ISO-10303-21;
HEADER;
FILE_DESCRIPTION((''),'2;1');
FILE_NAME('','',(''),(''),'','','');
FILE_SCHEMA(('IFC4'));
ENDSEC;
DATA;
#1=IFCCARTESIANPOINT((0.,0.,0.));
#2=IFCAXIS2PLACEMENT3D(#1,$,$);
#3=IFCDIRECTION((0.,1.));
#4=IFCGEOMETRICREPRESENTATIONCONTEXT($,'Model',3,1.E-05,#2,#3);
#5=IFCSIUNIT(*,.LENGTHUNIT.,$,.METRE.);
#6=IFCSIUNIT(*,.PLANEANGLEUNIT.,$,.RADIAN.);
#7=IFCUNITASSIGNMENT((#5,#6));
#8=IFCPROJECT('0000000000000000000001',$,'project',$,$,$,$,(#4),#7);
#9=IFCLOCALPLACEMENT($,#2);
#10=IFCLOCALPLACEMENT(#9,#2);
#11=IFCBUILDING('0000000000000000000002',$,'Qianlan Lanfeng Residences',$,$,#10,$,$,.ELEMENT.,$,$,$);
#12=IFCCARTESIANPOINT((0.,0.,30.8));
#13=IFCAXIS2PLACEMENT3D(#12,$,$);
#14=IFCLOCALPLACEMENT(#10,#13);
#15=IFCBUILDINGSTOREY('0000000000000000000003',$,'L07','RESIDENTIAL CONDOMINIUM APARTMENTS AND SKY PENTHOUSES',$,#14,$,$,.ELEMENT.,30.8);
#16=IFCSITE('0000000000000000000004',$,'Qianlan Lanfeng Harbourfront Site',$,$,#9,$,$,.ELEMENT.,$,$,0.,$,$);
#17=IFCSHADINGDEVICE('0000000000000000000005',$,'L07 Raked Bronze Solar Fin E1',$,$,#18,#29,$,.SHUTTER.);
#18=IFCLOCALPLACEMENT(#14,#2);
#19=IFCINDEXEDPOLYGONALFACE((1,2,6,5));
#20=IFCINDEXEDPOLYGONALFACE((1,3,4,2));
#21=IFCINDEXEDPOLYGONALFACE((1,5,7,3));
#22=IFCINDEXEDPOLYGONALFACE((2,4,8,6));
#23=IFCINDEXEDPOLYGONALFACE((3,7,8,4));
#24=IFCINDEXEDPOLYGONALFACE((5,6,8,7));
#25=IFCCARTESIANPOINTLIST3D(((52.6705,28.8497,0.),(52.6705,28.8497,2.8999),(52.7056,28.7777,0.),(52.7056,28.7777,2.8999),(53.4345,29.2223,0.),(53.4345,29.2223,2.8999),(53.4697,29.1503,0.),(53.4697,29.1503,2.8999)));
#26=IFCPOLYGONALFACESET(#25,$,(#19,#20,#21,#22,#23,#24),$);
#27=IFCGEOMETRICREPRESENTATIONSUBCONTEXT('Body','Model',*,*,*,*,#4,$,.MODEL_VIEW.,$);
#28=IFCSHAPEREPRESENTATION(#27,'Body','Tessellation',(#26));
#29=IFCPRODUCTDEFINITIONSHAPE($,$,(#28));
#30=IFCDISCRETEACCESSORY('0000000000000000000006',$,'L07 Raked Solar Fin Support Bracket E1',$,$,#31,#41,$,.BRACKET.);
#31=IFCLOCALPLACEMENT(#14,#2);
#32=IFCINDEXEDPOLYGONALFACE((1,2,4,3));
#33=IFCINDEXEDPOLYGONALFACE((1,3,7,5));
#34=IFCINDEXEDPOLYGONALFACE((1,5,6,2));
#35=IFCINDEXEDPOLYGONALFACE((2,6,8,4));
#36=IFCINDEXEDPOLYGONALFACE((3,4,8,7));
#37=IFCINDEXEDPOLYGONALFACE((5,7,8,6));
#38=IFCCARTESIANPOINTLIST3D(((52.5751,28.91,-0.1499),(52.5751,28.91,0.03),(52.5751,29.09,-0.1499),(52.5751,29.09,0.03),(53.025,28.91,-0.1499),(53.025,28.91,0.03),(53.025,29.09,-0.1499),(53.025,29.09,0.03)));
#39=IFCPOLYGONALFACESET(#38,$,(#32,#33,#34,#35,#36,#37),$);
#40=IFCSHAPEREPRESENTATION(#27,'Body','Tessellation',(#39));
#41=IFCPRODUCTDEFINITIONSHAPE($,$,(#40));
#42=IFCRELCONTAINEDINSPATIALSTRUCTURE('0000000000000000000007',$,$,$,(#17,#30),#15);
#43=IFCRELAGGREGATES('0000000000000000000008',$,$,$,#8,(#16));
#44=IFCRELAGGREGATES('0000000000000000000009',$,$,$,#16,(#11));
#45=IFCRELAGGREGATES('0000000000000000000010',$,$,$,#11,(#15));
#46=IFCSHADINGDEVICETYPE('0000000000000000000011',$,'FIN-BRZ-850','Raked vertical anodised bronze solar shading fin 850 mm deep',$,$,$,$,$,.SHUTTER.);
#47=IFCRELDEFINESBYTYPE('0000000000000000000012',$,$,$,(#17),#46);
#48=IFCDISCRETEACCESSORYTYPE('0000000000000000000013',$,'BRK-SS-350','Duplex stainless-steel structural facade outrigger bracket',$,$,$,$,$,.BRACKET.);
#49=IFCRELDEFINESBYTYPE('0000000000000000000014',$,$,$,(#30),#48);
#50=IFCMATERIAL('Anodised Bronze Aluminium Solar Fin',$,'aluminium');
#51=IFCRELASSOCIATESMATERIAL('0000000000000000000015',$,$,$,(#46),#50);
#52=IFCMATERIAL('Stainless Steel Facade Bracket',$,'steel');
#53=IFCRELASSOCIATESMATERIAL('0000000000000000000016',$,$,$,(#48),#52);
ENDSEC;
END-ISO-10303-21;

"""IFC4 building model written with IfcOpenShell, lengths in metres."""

from ifc_helpers import new_model, si_unit, direction, frame, origin, origin_2d, place, context, subcontext, project, spatial, rectangle, extrude, source, transform, mapped, material, type_object, element, save


model = new_model("IFC4")

# Units and contexts
model_context = context("Model", 3, precision=1e-05, world=origin(), true_north=direction((0.0, 1.0)))
body_context = subcontext(model_context, "Body", "Model", "MODEL_VIEW")
ifc_project = project(units=[si_unit("LENGTHUNIT", "METRE"), si_unit("PLANEANGLEUNIT", "RADIAN")], contexts=[model_context])

# Site, building, storey
site_placement = place(None, origin())
site = spatial("IfcSite", under=ifc_project, at=site_placement, Name="Qianlan Lanfeng Harbourfront Site", CompositionType="ELEMENT", RefElevation=0.0)
building_placement = place(site_placement, origin())
building = spatial("IfcBuilding", under=site, at=building_placement, Name="Qianlan Lanfeng Residences", CompositionType="ELEMENT")
storey_placement = place(building_placement, frame((0.0, 0.0, 30.8)))
storey = spatial("IfcBuildingStorey", under=building, at=storey_placement, Name="L07", Description="RESIDENTIAL CONDOMINIUM APARTMENTS AND SKY PENTHOUSES", CompositionType="ELEMENT", Elevation=30.8)

# Shading device
ifc_material_1 = material(Name="Anodised Bronze Aluminium Solar Fin", Category="aluminium")
shading_device_type = type_object("IfcShadingDeviceType", Name="FIN-BRZ-850", Description="Raked vertical anodised bronze solar shading fin 850 mm deep", PredefinedType="SHUTTER", material=ifc_material_1)
shared_shape_1 = source(origin(), body_context, "Body", "SweptSolid", [
    extrude(rectangle(XDim=0.8501, YDim=0.0801, at=origin_2d()), origin(), (0.0, 0.0, 1.0), 2.8999),
])
shading_device_placement = place(storey_placement, frame((53.0701, 29.0, 0.0), z_axis=(0.0, 0.0, 1.0), x_axis=(0.898794, 0.438371, 0.0)))
element("IfcShadingDevice", 1, at=shading_device_placement, inside=storey, type_object=shading_device_type, Name="L07 Raked Bronze Solar Fin E1", PredefinedType="SHUTTER", context=body_context, shape_type="MappedRepresentation", body=[
    mapped(shared_shape_1, transform((0.0, 0.0, 0.0), scale=1.0)),
])

# Discrete accessory
ifc_material_2 = material(Name="Stainless Steel Facade Bracket", Category="steel")
discrete_accessory_type = type_object("IfcDiscreteAccessoryType", Name="BRK-SS-350", Description="Duplex stainless-steel structural facade outrigger bracket", PredefinedType="BRACKET", material=ifc_material_2)
shared_shape_2 = source(origin(), body_context, "Body", "SweptSolid", [
    extrude(rectangle(XDim=0.45, YDim=0.1799, at=origin_2d()), origin(), (0.0, 0.0, 1.0), 0.1799),
])
discrete_accessory_placement = place(storey_placement, frame((52.8, 29.0, -0.1499), z_axis=(0.0, 0.0, 1.0), x_axis=(1.0, 0.0, 0.0)))
element("IfcDiscreteAccessory", 2, at=discrete_accessory_placement, inside=storey, type_object=discrete_accessory_type, Name="L07 Raked Solar Fin Support Bracket E1", PredefinedType="BRACKET", context=body_context, shape_type="MappedRepresentation", body=[
    mapped(shared_shape_2, transform((0.0, 0.0, 0.0), scale=1.0)),
])

save(model, "model.ifc")
